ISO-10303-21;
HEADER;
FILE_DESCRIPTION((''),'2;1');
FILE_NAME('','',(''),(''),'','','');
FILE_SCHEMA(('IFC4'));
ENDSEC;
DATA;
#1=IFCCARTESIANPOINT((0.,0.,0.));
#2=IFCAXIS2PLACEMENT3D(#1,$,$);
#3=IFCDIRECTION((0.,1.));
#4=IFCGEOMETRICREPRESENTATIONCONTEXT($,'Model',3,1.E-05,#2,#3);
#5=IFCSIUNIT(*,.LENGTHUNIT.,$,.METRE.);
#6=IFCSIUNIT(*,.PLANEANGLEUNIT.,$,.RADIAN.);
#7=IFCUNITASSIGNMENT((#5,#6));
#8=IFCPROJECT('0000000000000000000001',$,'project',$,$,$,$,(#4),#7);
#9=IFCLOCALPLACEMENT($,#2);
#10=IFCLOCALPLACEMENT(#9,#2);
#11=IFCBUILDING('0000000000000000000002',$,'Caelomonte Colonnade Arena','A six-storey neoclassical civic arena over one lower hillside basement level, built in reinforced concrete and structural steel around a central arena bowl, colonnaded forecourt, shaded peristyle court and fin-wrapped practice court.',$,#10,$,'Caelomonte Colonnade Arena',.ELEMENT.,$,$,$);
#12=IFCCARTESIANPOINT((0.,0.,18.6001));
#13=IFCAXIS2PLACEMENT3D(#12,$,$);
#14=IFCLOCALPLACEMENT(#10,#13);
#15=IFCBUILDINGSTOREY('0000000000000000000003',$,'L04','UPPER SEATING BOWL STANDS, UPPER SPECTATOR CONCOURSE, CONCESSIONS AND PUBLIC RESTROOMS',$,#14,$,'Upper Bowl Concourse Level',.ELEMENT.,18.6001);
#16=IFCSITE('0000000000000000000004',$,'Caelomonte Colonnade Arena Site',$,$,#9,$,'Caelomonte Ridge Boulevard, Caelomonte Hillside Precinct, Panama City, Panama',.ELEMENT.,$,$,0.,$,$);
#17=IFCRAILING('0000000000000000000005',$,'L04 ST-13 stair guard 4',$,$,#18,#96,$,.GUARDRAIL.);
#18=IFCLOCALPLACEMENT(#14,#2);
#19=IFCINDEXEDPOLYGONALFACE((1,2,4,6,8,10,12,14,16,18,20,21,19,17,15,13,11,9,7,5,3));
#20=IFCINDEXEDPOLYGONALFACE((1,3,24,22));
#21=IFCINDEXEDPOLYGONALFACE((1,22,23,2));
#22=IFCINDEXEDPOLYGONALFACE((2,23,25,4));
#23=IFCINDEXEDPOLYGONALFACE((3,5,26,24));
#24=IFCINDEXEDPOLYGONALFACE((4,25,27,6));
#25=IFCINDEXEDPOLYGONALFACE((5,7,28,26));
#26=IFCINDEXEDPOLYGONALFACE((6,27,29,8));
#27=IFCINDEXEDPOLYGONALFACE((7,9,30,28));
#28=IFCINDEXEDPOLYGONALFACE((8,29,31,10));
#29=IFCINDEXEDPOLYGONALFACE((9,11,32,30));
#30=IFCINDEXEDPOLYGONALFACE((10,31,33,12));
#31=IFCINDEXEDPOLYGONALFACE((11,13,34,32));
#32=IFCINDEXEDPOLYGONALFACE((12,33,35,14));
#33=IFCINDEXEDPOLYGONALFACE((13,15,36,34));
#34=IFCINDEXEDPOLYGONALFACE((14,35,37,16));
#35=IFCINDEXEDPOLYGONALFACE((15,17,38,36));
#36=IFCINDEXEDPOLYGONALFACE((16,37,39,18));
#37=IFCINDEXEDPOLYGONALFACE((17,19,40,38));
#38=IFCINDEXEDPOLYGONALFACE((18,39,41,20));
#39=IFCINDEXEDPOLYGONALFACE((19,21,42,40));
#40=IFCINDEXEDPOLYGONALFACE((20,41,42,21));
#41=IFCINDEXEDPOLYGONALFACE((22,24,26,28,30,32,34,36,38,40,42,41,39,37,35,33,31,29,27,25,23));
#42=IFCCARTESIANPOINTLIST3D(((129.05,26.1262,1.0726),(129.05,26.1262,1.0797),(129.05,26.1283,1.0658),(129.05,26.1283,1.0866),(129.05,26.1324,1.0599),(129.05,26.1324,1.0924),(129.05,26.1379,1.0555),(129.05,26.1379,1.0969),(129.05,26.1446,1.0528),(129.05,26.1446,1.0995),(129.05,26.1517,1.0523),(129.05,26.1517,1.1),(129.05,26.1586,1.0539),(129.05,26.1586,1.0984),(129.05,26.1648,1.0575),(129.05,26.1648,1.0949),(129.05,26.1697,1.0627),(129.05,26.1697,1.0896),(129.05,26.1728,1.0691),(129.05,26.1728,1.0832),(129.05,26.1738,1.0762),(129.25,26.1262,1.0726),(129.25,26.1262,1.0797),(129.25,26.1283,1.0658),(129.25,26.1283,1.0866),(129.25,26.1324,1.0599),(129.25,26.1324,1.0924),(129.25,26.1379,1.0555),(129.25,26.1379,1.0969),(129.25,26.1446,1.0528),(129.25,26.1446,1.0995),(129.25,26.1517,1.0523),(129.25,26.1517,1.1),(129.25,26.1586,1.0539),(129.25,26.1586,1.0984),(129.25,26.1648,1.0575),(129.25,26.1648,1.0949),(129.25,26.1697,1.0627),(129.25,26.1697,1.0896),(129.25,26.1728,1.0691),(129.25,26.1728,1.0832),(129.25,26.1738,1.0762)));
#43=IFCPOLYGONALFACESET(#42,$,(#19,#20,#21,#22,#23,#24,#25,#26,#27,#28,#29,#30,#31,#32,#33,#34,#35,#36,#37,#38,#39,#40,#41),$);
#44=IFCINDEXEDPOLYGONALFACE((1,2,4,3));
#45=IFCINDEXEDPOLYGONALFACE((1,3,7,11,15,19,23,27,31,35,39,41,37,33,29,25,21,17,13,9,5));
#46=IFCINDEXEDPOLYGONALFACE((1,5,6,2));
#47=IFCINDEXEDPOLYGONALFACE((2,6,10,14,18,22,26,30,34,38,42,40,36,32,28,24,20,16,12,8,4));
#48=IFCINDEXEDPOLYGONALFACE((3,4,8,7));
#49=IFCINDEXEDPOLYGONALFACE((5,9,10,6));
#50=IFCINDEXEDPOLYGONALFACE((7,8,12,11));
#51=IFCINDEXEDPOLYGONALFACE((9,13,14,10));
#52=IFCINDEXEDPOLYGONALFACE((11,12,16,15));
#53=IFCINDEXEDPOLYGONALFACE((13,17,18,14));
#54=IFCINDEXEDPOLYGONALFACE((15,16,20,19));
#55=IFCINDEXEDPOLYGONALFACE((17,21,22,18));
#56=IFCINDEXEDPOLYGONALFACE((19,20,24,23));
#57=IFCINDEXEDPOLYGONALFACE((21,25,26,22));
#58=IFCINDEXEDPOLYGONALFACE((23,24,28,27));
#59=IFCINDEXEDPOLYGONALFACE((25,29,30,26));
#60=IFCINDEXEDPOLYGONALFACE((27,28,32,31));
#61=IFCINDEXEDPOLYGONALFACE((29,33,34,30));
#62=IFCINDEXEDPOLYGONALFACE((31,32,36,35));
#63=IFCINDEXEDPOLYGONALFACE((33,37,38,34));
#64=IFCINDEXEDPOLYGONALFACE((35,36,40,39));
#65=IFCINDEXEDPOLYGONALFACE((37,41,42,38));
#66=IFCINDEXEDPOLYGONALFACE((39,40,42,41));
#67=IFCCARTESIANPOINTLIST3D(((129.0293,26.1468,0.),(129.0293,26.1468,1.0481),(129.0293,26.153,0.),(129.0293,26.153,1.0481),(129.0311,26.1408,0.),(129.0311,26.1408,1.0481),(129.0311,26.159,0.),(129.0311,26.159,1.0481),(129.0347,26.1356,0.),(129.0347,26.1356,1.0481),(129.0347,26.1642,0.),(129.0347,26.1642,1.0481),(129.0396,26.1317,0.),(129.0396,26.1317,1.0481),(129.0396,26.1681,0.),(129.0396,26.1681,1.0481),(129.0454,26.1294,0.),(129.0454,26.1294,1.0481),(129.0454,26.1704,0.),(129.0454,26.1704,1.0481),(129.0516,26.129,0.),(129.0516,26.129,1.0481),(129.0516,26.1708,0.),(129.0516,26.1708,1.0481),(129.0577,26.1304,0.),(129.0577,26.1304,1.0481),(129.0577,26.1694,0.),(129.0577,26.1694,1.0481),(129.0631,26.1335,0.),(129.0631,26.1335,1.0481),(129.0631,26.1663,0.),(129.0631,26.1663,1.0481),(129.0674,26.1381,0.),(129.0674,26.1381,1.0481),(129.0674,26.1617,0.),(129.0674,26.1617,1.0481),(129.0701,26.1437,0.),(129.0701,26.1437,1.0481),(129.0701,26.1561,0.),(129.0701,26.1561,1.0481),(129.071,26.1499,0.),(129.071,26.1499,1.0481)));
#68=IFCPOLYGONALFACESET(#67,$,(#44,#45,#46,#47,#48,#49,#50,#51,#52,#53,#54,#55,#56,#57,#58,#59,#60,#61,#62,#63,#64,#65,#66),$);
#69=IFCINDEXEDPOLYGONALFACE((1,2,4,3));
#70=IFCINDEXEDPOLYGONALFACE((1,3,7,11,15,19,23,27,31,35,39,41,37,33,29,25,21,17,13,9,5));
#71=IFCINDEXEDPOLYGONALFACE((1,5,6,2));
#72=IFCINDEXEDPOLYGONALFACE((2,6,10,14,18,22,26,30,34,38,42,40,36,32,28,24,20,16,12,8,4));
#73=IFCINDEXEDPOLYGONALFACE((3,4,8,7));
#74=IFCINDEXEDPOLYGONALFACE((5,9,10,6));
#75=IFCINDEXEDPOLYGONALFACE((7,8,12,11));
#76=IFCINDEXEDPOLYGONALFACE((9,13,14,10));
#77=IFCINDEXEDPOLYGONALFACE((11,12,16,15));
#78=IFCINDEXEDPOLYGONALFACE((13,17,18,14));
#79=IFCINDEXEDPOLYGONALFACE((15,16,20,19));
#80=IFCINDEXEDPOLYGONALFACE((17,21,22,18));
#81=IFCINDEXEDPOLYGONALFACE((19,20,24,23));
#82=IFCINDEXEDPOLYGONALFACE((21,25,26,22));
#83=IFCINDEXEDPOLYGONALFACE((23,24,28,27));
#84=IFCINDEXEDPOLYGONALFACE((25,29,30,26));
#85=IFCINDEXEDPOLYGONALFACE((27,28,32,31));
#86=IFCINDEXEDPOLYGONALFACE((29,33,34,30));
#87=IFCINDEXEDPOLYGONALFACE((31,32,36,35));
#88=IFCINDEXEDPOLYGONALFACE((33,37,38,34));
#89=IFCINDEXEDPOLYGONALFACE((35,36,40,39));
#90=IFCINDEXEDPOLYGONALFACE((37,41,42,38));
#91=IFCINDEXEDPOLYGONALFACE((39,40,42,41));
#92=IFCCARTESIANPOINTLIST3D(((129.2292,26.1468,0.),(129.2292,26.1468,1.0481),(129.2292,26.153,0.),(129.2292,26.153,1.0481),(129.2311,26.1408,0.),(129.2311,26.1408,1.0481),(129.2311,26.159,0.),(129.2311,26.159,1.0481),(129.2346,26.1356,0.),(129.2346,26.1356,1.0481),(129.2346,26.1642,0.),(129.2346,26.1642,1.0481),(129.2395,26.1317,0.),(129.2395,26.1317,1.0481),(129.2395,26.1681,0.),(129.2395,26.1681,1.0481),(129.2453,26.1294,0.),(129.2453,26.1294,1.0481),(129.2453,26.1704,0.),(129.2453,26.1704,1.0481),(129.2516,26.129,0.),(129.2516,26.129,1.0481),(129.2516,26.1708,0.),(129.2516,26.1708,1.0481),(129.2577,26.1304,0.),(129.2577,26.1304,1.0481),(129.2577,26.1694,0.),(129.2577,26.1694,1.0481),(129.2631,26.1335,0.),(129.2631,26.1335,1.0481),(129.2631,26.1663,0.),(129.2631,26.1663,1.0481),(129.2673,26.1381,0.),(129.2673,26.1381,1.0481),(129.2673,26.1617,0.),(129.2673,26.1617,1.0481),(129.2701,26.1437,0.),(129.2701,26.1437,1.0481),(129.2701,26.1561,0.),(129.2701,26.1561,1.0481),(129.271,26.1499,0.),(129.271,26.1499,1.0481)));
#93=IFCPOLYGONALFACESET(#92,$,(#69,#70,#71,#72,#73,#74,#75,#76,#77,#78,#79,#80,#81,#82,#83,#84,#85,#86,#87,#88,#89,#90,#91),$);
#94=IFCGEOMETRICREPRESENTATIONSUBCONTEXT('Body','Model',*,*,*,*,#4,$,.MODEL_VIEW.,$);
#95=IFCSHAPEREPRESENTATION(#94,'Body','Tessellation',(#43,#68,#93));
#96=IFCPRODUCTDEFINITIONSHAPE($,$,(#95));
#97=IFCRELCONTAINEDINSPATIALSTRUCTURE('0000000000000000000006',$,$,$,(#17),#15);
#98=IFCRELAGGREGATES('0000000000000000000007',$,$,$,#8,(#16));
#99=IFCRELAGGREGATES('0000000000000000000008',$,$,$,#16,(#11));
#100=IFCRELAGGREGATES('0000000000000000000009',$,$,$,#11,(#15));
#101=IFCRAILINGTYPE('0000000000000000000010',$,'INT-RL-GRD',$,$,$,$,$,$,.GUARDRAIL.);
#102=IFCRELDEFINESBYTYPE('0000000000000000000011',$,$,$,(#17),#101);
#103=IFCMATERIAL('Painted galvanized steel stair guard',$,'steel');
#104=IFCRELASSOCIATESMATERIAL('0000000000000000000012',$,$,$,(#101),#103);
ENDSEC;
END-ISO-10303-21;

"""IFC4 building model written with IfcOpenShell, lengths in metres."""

from ifc_helpers import new_model, si_unit, direction, frame, origin, origin_2d, place, context, subcontext, project, spatial, circle, extrude, material, type_object, element, save


model = new_model("IFC4")

# Units and contexts
model_context = context("Model", 3, precision=1e-05, world=origin(), true_north=direction((0.0, 1.0)))
body_context = subcontext(model_context, "Body", "Model", "MODEL_VIEW")
ifc_project = project(units=[si_unit("LENGTHUNIT", "METRE"), si_unit("PLANEANGLEUNIT", "RADIAN")], contexts=[model_context])

# Site, building, storey
site_placement = place(None, origin())
site = spatial("IfcSite", under=ifc_project, at=site_placement, Name="Caelomonte Colonnade Arena Site", LongName="Caelomonte Ridge Boulevard, Caelomonte Hillside Precinct, Panama City, Panama", CompositionType="ELEMENT", RefElevation=0.0)
building_placement = place(site_placement, origin())
building = spatial("IfcBuilding", under=site, at=building_placement, Name="Caelomonte Colonnade Arena", Description="A six-storey neoclassical civic arena over one lower hillside basement level, built in reinforced concrete and structural steel around a central arena bowl, colonnaded forecourt, shaded peristyle court and fin-wrapped practice court.", LongName="Caelomonte Colonnade Arena", CompositionType="ELEMENT")
storey_placement = place(building_placement, frame((0.0, 0.0, 18.6001)))
storey = spatial("IfcBuildingStorey", under=building, at=storey_placement, Name="L04", Description="UPPER SEATING BOWL STANDS, UPPER SPECTATOR CONCOURSE, CONCESSIONS AND PUBLIC RESTROOMS", LongName="Upper Bowl Concourse Level", CompositionType="ELEMENT", Elevation=18.6001)

# Railing
ifc_material_1 = material(Name="Painted galvanized steel stair guard", Category="steel")
railing_type_1 = type_object("IfcRailingType", Name="INT-RL-GRD", PredefinedType="GUARDRAIL", material=ifc_material_1)
railing_1_placement = place(storey_placement, frame((129.05, 26.1499, 0.0)))
element("IfcRailing", 1, at=railing_1_placement, inside=storey, type_object=railing_type_1, Name="L04 ST-13 stair guard 4", PredefinedType="GUARDRAIL", context=body_context, shape_type="SweptSolid", body=[
    extrude(circle(Radius=0.0239, at=origin_2d()), frame((0.0, 0.0, 1.0762), z_axis=(1.0, 0.0, 0.0), x_axis=(0.0, 1.0, 0.0)), (0.0, 0.0, 1.0), 0.2),
    extrude(circle(Radius=0.021, at=origin_2d()), origin(), (0.0, 0.0, 1.0), 1.0481),
    extrude(circle(Radius=0.021, at=origin_2d()), frame((0.2, 0.0, 0.0)), (0.0, 0.0, 1.0), 1.0481),
])

save(model, "model.ifc")
